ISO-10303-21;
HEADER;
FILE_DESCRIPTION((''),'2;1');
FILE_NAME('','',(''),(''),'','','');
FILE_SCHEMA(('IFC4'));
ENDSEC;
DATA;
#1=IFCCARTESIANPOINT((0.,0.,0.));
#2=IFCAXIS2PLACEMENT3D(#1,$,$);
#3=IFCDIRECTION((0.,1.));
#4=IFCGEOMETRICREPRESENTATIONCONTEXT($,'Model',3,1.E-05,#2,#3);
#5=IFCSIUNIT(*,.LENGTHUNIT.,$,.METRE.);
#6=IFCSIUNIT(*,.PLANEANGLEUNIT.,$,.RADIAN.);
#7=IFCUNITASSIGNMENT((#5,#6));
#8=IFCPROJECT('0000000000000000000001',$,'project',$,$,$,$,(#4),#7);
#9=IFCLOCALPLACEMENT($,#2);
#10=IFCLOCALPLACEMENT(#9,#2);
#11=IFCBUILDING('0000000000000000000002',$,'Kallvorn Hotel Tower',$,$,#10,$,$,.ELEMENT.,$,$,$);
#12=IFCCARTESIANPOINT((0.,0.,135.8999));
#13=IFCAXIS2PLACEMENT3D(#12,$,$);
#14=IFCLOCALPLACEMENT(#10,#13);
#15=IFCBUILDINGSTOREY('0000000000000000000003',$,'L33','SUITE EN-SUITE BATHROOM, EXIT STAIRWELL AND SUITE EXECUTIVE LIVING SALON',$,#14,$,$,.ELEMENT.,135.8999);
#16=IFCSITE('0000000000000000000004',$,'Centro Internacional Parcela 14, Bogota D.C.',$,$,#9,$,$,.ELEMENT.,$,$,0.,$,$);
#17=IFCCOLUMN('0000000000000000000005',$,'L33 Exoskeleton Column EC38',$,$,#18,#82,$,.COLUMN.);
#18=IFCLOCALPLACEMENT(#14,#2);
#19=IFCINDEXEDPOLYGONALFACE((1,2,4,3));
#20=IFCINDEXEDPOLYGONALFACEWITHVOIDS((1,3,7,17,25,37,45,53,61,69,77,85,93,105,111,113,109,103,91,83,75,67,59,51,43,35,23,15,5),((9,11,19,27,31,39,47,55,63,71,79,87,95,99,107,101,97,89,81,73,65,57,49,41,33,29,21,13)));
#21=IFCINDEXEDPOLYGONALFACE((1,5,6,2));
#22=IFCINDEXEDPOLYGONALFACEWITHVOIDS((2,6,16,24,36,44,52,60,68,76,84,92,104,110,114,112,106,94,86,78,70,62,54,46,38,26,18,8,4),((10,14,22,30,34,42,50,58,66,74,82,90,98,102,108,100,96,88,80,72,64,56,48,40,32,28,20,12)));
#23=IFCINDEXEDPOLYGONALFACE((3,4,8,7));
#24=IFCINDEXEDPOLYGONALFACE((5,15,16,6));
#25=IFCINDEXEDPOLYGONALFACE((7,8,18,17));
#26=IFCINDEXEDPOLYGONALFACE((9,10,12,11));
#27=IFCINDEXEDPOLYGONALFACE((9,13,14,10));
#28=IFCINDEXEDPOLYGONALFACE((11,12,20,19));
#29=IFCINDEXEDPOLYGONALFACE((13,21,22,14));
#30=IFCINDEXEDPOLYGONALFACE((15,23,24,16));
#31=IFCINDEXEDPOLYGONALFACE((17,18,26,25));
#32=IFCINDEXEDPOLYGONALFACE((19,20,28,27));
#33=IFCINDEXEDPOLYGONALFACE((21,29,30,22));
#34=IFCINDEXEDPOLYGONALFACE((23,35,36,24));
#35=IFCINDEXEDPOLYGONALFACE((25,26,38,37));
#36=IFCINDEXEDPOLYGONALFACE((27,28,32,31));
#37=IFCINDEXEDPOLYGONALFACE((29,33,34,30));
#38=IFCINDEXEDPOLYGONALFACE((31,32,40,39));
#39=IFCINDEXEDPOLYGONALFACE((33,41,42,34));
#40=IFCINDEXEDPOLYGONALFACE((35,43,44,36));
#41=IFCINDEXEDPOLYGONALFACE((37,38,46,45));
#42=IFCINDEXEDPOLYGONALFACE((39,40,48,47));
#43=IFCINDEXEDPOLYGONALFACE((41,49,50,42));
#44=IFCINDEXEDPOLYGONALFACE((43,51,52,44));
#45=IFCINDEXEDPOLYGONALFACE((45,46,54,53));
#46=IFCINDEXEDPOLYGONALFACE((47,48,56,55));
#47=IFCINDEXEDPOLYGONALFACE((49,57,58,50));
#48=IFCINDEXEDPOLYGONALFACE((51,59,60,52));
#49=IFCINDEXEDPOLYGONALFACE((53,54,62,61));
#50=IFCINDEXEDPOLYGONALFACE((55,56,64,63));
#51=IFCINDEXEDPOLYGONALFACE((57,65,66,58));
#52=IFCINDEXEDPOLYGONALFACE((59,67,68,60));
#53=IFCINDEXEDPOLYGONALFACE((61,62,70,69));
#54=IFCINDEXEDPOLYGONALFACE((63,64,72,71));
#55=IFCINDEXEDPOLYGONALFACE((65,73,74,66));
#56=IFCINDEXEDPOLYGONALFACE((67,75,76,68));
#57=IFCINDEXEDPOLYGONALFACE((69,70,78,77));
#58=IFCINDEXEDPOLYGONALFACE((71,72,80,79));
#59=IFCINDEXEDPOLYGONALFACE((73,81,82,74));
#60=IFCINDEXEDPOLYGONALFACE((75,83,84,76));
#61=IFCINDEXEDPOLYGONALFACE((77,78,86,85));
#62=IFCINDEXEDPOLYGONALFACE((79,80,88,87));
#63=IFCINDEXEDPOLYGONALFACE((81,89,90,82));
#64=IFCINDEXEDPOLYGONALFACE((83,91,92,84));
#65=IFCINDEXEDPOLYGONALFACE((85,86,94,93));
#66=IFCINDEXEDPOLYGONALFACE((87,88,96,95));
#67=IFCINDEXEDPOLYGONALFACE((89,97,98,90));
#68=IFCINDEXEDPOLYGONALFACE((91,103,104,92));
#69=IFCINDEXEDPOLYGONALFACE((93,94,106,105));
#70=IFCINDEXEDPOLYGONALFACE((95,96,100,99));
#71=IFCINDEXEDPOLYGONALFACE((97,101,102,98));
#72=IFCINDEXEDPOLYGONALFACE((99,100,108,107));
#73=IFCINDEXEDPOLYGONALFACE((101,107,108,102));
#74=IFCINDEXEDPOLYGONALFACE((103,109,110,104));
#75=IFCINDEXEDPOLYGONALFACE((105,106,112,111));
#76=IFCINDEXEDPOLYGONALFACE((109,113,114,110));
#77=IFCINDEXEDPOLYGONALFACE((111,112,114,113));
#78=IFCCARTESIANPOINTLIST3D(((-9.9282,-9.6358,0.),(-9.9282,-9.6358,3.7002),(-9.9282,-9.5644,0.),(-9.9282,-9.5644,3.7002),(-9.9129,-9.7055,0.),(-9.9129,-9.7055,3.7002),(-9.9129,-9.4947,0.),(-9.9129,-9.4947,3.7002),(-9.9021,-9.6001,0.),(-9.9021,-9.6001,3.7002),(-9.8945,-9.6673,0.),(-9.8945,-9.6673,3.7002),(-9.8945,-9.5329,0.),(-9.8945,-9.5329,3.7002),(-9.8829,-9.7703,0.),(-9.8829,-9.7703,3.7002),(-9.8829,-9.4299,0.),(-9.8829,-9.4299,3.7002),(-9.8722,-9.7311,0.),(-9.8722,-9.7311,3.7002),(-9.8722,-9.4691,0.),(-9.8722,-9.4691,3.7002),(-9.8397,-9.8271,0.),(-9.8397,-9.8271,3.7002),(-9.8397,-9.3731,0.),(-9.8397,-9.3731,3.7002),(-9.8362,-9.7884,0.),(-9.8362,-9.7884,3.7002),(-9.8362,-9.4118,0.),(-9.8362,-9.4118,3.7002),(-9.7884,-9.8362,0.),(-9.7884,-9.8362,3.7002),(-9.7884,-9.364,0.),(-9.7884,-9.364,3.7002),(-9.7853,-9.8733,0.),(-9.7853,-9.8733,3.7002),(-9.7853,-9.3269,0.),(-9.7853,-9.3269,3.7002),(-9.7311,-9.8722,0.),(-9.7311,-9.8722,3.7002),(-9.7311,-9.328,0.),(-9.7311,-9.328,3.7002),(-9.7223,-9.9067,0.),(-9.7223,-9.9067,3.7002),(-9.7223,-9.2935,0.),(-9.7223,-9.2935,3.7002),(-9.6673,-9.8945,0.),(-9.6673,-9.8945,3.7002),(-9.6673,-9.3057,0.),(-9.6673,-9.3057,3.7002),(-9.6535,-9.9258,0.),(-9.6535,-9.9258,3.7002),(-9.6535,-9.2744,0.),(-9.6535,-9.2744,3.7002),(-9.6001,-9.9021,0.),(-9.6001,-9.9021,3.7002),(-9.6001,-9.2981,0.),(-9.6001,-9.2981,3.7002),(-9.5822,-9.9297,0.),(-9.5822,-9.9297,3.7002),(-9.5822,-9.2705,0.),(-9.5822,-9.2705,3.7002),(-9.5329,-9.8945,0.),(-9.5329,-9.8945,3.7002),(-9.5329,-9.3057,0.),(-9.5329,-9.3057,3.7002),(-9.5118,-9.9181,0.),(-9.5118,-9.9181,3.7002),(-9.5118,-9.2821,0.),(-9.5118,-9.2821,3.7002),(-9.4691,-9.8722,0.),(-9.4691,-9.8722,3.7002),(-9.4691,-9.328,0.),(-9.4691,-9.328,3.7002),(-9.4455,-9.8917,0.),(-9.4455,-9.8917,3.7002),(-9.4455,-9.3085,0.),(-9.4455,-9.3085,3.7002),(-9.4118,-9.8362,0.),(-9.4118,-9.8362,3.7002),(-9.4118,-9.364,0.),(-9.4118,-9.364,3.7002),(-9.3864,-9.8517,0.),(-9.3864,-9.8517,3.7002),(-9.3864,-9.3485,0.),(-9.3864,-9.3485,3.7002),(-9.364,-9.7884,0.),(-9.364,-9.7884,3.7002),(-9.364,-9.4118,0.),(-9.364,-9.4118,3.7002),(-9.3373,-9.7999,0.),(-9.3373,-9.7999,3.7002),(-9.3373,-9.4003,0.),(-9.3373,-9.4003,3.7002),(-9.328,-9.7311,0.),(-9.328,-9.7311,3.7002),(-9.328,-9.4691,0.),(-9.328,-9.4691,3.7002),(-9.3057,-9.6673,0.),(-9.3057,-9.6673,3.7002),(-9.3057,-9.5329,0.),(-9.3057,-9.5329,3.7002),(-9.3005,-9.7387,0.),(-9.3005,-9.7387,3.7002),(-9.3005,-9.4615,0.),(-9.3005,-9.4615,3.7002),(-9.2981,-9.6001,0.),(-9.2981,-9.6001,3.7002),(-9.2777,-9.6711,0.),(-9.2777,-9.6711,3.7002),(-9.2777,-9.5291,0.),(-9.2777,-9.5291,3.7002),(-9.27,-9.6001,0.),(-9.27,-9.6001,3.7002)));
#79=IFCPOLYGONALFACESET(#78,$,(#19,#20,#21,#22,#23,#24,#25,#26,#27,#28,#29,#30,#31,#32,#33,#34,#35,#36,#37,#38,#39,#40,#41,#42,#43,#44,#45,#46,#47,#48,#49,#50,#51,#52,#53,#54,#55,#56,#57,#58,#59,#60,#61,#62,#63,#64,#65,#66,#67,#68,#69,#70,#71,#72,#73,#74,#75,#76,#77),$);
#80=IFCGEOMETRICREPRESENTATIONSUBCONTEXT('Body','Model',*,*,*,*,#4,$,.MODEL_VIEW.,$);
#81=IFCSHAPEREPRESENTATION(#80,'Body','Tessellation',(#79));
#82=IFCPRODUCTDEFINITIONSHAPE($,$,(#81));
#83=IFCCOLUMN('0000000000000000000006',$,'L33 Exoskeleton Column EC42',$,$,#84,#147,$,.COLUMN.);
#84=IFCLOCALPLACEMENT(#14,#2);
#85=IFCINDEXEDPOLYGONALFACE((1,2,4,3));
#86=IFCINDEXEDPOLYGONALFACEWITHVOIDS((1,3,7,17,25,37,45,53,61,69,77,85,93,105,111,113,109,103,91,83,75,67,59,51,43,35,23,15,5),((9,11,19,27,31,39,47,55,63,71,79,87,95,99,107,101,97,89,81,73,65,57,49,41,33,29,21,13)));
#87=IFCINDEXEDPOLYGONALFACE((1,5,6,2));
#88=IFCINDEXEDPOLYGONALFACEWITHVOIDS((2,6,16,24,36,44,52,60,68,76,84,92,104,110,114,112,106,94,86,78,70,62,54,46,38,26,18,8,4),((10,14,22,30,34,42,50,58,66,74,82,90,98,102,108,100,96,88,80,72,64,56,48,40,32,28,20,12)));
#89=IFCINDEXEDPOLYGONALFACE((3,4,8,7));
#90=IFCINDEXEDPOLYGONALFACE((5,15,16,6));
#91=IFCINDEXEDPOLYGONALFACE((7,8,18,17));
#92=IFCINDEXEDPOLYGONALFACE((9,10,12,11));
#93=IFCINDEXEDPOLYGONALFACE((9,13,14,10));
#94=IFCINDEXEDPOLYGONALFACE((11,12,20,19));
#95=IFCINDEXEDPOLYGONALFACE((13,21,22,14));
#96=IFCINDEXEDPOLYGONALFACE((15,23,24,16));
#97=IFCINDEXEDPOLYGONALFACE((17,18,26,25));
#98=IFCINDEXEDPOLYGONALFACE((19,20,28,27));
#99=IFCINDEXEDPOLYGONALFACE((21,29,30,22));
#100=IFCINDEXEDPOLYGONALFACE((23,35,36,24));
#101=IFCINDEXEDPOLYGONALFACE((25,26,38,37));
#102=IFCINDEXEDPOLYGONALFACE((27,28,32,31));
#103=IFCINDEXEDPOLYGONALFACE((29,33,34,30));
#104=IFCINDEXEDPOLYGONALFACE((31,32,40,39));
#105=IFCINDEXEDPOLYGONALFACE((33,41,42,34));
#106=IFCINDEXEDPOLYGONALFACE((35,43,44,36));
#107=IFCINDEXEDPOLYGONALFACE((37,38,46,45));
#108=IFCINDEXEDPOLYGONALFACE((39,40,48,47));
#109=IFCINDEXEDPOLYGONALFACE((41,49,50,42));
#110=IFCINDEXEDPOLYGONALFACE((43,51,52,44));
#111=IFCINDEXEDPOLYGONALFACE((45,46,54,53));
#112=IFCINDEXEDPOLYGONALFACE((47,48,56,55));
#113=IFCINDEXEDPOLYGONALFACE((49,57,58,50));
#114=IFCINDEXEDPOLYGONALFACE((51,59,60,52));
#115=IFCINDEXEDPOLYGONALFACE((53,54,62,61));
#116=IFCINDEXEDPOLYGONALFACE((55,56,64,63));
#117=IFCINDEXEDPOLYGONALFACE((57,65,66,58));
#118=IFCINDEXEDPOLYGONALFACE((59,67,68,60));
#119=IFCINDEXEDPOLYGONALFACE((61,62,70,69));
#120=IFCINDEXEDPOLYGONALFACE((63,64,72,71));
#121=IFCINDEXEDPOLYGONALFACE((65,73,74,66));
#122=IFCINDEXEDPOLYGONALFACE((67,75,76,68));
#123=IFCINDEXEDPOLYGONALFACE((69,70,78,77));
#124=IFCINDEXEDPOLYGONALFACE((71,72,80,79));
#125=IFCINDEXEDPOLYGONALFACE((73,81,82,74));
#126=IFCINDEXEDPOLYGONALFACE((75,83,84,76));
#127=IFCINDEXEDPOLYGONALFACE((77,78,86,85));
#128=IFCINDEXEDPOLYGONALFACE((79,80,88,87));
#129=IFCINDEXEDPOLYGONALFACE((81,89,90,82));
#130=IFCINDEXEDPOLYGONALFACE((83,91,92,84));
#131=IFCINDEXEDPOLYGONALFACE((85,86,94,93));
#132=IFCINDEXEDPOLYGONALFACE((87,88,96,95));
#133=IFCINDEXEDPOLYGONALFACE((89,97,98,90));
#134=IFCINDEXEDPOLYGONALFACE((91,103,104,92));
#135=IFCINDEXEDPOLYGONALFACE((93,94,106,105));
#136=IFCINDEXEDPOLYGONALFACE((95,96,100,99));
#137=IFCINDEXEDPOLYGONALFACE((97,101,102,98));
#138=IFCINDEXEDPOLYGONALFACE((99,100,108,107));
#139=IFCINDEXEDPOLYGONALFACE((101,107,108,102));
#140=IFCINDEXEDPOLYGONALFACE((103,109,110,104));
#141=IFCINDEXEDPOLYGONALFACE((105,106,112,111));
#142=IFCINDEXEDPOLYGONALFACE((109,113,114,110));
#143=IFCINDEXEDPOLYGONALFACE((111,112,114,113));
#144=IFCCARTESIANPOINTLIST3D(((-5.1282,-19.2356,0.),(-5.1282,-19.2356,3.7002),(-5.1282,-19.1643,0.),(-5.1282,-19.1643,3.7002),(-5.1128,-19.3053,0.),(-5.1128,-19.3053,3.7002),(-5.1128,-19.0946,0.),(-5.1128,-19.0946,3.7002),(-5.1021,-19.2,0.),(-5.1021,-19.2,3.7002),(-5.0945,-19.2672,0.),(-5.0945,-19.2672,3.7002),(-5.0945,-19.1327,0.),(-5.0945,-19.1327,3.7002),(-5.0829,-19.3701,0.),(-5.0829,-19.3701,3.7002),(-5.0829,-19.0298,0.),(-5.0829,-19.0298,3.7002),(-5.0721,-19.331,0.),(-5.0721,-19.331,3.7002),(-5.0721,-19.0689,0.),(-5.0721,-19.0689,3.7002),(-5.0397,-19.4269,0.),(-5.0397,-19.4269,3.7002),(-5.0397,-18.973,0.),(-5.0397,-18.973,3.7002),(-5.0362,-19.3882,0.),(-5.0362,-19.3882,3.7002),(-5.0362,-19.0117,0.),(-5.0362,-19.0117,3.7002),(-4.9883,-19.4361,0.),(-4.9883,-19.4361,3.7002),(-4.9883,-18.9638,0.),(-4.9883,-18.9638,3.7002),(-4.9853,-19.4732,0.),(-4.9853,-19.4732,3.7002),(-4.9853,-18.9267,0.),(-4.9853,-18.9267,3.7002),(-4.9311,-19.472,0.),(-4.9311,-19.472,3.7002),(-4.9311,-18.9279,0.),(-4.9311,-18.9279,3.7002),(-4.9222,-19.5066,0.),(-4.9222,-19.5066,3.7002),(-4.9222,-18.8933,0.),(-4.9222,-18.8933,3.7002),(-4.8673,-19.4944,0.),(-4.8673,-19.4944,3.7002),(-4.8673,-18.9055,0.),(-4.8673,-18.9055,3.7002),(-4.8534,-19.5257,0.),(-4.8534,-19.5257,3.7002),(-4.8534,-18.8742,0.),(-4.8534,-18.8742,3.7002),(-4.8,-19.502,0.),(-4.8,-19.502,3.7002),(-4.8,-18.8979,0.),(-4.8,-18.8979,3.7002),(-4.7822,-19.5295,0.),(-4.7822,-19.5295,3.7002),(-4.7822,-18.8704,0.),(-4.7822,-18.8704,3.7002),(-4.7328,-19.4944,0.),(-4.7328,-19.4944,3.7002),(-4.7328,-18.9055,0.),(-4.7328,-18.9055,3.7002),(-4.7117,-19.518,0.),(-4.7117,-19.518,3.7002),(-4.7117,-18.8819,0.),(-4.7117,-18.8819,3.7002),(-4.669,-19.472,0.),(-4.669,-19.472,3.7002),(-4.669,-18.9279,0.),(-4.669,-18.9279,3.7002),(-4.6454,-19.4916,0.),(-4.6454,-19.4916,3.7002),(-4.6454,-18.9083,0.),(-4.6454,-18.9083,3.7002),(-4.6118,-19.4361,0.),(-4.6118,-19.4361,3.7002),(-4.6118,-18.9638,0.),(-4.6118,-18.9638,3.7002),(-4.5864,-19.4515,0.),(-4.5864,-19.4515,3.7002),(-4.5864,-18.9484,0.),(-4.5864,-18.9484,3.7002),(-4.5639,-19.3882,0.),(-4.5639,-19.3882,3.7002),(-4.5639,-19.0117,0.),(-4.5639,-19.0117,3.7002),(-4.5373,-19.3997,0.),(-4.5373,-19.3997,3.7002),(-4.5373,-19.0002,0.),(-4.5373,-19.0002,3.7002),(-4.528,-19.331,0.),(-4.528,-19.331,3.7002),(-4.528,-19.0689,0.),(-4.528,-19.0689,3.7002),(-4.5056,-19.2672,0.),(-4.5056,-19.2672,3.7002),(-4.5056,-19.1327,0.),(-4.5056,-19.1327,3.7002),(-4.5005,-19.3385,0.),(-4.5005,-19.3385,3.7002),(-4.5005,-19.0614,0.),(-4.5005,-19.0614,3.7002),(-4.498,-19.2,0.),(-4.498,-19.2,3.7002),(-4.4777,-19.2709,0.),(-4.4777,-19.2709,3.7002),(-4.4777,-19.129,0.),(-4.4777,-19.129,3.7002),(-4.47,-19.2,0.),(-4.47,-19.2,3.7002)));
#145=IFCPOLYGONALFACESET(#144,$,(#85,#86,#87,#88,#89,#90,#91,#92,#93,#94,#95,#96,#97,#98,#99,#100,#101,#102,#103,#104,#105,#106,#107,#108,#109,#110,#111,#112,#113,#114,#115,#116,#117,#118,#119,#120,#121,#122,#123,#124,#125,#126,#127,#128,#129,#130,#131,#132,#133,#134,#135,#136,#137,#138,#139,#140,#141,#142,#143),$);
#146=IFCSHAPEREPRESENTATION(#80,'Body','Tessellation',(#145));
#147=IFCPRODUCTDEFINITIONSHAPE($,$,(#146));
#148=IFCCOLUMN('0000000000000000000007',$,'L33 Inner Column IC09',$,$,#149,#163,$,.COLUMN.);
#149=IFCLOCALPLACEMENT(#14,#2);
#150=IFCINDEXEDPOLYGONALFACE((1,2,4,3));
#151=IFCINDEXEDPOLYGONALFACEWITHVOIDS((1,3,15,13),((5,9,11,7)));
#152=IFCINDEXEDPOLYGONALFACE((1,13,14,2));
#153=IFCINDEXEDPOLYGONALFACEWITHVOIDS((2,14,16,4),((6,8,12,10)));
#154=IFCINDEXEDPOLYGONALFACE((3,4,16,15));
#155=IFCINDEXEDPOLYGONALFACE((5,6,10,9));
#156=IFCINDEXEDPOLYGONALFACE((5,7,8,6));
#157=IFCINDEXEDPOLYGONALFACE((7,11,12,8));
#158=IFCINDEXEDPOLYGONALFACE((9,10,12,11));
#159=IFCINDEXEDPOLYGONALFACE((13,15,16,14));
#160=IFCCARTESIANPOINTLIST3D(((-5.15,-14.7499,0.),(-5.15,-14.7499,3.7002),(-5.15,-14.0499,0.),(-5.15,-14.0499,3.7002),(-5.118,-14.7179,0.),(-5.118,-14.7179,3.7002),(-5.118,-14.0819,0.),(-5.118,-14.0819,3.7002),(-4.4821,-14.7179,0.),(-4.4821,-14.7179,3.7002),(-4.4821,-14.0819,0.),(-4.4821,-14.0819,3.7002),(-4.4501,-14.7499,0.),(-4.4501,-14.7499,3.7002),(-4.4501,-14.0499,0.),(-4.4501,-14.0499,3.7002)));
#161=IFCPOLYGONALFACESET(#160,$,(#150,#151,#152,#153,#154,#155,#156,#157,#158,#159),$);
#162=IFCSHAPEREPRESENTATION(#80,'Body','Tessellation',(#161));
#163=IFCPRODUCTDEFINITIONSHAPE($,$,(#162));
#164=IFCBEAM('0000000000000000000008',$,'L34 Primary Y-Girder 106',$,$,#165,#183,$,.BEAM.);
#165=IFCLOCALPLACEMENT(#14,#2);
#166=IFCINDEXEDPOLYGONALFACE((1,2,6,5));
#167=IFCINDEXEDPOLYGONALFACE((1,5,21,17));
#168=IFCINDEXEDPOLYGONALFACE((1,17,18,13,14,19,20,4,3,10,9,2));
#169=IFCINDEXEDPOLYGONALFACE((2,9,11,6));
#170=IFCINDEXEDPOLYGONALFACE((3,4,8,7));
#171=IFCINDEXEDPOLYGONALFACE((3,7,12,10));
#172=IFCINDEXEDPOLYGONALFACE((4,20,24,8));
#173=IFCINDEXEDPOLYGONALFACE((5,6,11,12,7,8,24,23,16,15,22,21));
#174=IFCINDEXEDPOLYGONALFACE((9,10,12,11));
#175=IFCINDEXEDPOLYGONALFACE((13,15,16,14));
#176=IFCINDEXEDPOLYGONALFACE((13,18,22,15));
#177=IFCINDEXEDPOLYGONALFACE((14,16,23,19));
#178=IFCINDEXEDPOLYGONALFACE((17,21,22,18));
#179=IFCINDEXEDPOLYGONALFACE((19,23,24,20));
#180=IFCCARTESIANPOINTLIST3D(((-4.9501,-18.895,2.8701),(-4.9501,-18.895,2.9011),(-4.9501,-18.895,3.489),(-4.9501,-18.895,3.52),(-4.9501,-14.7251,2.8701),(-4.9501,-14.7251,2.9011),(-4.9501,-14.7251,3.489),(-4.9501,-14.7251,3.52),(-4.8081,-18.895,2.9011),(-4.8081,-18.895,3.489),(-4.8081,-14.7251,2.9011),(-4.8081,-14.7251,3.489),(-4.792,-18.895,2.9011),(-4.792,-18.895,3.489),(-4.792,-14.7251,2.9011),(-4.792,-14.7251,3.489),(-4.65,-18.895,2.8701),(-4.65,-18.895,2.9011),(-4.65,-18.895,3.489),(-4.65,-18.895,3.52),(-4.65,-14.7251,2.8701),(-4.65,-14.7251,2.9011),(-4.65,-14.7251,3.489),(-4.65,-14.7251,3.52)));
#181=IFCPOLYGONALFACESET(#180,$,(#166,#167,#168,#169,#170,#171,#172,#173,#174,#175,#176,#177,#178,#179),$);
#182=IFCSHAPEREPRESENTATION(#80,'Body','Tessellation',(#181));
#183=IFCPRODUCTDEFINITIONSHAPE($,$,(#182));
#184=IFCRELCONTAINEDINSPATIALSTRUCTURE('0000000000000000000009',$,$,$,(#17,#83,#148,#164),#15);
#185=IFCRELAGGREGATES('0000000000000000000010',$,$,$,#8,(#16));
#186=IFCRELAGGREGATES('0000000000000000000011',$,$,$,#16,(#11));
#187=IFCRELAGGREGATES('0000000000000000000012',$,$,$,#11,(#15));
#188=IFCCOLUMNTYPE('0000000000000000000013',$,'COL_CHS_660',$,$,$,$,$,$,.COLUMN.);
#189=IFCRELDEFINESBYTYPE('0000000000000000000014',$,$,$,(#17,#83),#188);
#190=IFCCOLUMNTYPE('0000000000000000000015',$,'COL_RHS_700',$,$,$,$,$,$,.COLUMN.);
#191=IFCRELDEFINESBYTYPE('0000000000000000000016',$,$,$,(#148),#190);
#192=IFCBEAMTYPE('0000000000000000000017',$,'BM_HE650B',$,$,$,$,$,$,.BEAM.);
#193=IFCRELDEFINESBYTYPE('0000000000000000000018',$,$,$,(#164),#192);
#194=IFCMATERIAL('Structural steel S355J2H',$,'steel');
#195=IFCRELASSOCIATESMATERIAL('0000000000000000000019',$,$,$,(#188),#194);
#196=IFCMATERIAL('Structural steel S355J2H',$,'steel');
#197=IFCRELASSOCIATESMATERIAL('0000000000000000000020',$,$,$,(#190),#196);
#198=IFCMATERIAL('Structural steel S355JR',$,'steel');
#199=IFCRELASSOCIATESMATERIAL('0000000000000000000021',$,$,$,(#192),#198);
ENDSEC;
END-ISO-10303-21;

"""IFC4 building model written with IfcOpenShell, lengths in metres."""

from ifc_helpers import new_model, si_unit, direction, frame, origin, origin_2d, place, context, subcontext, project, spatial, hollow_rectangle, hollow_circle, i_section, extrude, material, material_profile, profile_set, type_object, element, save


model = new_model("IFC4")

# Units and contexts
model_context = context("Model", 3, precision=1e-05, world=origin(), true_north=direction((0.0, 1.0)))
body_context = subcontext(model_context, "Body", "Model", "MODEL_VIEW")
ifc_project = project(units=[si_unit("LENGTHUNIT", "METRE"), si_unit("PLANEANGLEUNIT", "RADIAN")], contexts=[model_context])

# Site, building, storey
site_placement = place(None, origin())
site = spatial("IfcSite", under=ifc_project, at=site_placement, Name="Centro Internacional Parcela 14, Bogota D.C.", CompositionType="ELEMENT", RefElevation=0.0)
building_placement = place(site_placement, origin())
building = spatial("IfcBuilding", under=site, at=building_placement, Name="Kallvorn Hotel Tower", CompositionType="ELEMENT")
storey_placement = place(building_placement, frame((0.0, 0.0, 135.8999)))
storey = spatial("IfcBuildingStorey", under=building, at=storey_placement, Name="L33", Description="SUITE EN-SUITE BATHROOM, EXIT STAIRWELL AND SUITE EXECUTIVE LIVING SALON", CompositionType="ELEMENT", Elevation=135.8999)

# Columns
ifc_material_1 = material(Name="Structural steel S355J2H", Category="steel")
ifc_material_profile_1 = material_profile(ifc_material_1, hollow_circle(Radius=0.3301, WallThickness=0.0281, at=origin_2d()), Name="CHS 660x28")
ifc_profile_set_1 = profile_set([ifc_material_profile_1], Name="Structural steel S355J2H")
column_type_1 = type_object("IfcColumnType", Name="COL_CHS_660", PredefinedType="COLUMN", material=ifc_profile_set_1)
for number, where, z_axis, x_axis, name in (
    (1, (-9.6001, -9.6001, 0.0), (0.0, 0.0, 1.0), (1.0, 0.0, 0.0), "L33 Exoskeleton Column EC38"),
    (2, (-4.8, -19.2, 0.0), (0.0, 0.0, 1.0), (1.0, 0.0, 0.0), "L33 Exoskeleton Column EC42"),
):
    element("IfcColumn", number, at=place(storey_placement, frame(where, z_axis=z_axis, x_axis=x_axis)), inside=storey, type_object=column_type_1, Name=name, PredefinedType="COLUMN", context=body_context, shape_type="SweptSolid", body=[
        extrude(hollow_circle(Radius=0.3301, WallThickness=0.0281, at=origin_2d()), origin(), (0.0, 0.0, 1.0), 3.7002),
    ])
ifc_material_2 = material(Name="Structural steel S355J2H", Category="steel")
ifc_material_profile_2 = material_profile(ifc_material_2, hollow_rectangle(XDim=0.7, YDim=0.7, WallThickness=0.032, at=origin_2d()), Name="RHS 700x700x32")
ifc_profile_set_2 = profile_set([ifc_material_profile_2], Name="Structural steel S355J2H")
column_type_2 = type_object("IfcColumnType", Name="COL_RHS_700", PredefinedType="COLUMN", material=ifc_profile_set_2)
column_placement = place(storey_placement, frame((-4.8, -14.3999, 0.0), z_axis=(0.0, 0.0, 1.0), x_axis=(1.0, 0.0, 0.0)))
element("IfcColumn", 3, at=column_placement, inside=storey, type_object=column_type_2, Name="L33 Inner Column IC09", PredefinedType="COLUMN", context=body_context, shape_type="SweptSolid", body=[
    extrude(hollow_rectangle(XDim=0.7, YDim=0.7, WallThickness=0.032, at=origin_2d()), origin(), (0.0, 0.0, 1.0), 3.7002),
])

# Beam
ifc_material_3 = material(Name="Structural steel S355JR", Category="steel")
ifc_material_profile_3 = material_profile(ifc_material_3, i_section(OverallWidth=0.3, OverallDepth=0.6499, WebThickness=0.0161, FlangeThickness=0.031, at=origin_2d()), Name="HE 650 B")
ifc_profile_set_3 = profile_set([ifc_material_profile_3], Name="Structural steel S355JR")
beam_type_1 = type_object("IfcBeamType", Name="BM_HE650B", PredefinedType="BEAM", material=ifc_profile_set_3)
beam_1_placement = place(storey_placement, frame((-4.8, -18.895, 3.1951), z_axis=(0.0, 1.0, 0.0), x_axis=(-1.0, 0.0, 0.0)))
element("IfcBeam", 4, at=beam_1_placement, inside=storey, type_object=beam_type_1, Name="L34 Primary Y-Girder 106", PredefinedType="BEAM", context=body_context, shape_type="SweptSolid", body=[
    extrude(i_section(OverallWidth=0.3, OverallDepth=0.6499, WebThickness=0.0161, FlangeThickness=0.031, at=origin_2d()), origin(), (0.0, 0.0, 1.0), 4.1699),
])

save(model, "model.ifc")
